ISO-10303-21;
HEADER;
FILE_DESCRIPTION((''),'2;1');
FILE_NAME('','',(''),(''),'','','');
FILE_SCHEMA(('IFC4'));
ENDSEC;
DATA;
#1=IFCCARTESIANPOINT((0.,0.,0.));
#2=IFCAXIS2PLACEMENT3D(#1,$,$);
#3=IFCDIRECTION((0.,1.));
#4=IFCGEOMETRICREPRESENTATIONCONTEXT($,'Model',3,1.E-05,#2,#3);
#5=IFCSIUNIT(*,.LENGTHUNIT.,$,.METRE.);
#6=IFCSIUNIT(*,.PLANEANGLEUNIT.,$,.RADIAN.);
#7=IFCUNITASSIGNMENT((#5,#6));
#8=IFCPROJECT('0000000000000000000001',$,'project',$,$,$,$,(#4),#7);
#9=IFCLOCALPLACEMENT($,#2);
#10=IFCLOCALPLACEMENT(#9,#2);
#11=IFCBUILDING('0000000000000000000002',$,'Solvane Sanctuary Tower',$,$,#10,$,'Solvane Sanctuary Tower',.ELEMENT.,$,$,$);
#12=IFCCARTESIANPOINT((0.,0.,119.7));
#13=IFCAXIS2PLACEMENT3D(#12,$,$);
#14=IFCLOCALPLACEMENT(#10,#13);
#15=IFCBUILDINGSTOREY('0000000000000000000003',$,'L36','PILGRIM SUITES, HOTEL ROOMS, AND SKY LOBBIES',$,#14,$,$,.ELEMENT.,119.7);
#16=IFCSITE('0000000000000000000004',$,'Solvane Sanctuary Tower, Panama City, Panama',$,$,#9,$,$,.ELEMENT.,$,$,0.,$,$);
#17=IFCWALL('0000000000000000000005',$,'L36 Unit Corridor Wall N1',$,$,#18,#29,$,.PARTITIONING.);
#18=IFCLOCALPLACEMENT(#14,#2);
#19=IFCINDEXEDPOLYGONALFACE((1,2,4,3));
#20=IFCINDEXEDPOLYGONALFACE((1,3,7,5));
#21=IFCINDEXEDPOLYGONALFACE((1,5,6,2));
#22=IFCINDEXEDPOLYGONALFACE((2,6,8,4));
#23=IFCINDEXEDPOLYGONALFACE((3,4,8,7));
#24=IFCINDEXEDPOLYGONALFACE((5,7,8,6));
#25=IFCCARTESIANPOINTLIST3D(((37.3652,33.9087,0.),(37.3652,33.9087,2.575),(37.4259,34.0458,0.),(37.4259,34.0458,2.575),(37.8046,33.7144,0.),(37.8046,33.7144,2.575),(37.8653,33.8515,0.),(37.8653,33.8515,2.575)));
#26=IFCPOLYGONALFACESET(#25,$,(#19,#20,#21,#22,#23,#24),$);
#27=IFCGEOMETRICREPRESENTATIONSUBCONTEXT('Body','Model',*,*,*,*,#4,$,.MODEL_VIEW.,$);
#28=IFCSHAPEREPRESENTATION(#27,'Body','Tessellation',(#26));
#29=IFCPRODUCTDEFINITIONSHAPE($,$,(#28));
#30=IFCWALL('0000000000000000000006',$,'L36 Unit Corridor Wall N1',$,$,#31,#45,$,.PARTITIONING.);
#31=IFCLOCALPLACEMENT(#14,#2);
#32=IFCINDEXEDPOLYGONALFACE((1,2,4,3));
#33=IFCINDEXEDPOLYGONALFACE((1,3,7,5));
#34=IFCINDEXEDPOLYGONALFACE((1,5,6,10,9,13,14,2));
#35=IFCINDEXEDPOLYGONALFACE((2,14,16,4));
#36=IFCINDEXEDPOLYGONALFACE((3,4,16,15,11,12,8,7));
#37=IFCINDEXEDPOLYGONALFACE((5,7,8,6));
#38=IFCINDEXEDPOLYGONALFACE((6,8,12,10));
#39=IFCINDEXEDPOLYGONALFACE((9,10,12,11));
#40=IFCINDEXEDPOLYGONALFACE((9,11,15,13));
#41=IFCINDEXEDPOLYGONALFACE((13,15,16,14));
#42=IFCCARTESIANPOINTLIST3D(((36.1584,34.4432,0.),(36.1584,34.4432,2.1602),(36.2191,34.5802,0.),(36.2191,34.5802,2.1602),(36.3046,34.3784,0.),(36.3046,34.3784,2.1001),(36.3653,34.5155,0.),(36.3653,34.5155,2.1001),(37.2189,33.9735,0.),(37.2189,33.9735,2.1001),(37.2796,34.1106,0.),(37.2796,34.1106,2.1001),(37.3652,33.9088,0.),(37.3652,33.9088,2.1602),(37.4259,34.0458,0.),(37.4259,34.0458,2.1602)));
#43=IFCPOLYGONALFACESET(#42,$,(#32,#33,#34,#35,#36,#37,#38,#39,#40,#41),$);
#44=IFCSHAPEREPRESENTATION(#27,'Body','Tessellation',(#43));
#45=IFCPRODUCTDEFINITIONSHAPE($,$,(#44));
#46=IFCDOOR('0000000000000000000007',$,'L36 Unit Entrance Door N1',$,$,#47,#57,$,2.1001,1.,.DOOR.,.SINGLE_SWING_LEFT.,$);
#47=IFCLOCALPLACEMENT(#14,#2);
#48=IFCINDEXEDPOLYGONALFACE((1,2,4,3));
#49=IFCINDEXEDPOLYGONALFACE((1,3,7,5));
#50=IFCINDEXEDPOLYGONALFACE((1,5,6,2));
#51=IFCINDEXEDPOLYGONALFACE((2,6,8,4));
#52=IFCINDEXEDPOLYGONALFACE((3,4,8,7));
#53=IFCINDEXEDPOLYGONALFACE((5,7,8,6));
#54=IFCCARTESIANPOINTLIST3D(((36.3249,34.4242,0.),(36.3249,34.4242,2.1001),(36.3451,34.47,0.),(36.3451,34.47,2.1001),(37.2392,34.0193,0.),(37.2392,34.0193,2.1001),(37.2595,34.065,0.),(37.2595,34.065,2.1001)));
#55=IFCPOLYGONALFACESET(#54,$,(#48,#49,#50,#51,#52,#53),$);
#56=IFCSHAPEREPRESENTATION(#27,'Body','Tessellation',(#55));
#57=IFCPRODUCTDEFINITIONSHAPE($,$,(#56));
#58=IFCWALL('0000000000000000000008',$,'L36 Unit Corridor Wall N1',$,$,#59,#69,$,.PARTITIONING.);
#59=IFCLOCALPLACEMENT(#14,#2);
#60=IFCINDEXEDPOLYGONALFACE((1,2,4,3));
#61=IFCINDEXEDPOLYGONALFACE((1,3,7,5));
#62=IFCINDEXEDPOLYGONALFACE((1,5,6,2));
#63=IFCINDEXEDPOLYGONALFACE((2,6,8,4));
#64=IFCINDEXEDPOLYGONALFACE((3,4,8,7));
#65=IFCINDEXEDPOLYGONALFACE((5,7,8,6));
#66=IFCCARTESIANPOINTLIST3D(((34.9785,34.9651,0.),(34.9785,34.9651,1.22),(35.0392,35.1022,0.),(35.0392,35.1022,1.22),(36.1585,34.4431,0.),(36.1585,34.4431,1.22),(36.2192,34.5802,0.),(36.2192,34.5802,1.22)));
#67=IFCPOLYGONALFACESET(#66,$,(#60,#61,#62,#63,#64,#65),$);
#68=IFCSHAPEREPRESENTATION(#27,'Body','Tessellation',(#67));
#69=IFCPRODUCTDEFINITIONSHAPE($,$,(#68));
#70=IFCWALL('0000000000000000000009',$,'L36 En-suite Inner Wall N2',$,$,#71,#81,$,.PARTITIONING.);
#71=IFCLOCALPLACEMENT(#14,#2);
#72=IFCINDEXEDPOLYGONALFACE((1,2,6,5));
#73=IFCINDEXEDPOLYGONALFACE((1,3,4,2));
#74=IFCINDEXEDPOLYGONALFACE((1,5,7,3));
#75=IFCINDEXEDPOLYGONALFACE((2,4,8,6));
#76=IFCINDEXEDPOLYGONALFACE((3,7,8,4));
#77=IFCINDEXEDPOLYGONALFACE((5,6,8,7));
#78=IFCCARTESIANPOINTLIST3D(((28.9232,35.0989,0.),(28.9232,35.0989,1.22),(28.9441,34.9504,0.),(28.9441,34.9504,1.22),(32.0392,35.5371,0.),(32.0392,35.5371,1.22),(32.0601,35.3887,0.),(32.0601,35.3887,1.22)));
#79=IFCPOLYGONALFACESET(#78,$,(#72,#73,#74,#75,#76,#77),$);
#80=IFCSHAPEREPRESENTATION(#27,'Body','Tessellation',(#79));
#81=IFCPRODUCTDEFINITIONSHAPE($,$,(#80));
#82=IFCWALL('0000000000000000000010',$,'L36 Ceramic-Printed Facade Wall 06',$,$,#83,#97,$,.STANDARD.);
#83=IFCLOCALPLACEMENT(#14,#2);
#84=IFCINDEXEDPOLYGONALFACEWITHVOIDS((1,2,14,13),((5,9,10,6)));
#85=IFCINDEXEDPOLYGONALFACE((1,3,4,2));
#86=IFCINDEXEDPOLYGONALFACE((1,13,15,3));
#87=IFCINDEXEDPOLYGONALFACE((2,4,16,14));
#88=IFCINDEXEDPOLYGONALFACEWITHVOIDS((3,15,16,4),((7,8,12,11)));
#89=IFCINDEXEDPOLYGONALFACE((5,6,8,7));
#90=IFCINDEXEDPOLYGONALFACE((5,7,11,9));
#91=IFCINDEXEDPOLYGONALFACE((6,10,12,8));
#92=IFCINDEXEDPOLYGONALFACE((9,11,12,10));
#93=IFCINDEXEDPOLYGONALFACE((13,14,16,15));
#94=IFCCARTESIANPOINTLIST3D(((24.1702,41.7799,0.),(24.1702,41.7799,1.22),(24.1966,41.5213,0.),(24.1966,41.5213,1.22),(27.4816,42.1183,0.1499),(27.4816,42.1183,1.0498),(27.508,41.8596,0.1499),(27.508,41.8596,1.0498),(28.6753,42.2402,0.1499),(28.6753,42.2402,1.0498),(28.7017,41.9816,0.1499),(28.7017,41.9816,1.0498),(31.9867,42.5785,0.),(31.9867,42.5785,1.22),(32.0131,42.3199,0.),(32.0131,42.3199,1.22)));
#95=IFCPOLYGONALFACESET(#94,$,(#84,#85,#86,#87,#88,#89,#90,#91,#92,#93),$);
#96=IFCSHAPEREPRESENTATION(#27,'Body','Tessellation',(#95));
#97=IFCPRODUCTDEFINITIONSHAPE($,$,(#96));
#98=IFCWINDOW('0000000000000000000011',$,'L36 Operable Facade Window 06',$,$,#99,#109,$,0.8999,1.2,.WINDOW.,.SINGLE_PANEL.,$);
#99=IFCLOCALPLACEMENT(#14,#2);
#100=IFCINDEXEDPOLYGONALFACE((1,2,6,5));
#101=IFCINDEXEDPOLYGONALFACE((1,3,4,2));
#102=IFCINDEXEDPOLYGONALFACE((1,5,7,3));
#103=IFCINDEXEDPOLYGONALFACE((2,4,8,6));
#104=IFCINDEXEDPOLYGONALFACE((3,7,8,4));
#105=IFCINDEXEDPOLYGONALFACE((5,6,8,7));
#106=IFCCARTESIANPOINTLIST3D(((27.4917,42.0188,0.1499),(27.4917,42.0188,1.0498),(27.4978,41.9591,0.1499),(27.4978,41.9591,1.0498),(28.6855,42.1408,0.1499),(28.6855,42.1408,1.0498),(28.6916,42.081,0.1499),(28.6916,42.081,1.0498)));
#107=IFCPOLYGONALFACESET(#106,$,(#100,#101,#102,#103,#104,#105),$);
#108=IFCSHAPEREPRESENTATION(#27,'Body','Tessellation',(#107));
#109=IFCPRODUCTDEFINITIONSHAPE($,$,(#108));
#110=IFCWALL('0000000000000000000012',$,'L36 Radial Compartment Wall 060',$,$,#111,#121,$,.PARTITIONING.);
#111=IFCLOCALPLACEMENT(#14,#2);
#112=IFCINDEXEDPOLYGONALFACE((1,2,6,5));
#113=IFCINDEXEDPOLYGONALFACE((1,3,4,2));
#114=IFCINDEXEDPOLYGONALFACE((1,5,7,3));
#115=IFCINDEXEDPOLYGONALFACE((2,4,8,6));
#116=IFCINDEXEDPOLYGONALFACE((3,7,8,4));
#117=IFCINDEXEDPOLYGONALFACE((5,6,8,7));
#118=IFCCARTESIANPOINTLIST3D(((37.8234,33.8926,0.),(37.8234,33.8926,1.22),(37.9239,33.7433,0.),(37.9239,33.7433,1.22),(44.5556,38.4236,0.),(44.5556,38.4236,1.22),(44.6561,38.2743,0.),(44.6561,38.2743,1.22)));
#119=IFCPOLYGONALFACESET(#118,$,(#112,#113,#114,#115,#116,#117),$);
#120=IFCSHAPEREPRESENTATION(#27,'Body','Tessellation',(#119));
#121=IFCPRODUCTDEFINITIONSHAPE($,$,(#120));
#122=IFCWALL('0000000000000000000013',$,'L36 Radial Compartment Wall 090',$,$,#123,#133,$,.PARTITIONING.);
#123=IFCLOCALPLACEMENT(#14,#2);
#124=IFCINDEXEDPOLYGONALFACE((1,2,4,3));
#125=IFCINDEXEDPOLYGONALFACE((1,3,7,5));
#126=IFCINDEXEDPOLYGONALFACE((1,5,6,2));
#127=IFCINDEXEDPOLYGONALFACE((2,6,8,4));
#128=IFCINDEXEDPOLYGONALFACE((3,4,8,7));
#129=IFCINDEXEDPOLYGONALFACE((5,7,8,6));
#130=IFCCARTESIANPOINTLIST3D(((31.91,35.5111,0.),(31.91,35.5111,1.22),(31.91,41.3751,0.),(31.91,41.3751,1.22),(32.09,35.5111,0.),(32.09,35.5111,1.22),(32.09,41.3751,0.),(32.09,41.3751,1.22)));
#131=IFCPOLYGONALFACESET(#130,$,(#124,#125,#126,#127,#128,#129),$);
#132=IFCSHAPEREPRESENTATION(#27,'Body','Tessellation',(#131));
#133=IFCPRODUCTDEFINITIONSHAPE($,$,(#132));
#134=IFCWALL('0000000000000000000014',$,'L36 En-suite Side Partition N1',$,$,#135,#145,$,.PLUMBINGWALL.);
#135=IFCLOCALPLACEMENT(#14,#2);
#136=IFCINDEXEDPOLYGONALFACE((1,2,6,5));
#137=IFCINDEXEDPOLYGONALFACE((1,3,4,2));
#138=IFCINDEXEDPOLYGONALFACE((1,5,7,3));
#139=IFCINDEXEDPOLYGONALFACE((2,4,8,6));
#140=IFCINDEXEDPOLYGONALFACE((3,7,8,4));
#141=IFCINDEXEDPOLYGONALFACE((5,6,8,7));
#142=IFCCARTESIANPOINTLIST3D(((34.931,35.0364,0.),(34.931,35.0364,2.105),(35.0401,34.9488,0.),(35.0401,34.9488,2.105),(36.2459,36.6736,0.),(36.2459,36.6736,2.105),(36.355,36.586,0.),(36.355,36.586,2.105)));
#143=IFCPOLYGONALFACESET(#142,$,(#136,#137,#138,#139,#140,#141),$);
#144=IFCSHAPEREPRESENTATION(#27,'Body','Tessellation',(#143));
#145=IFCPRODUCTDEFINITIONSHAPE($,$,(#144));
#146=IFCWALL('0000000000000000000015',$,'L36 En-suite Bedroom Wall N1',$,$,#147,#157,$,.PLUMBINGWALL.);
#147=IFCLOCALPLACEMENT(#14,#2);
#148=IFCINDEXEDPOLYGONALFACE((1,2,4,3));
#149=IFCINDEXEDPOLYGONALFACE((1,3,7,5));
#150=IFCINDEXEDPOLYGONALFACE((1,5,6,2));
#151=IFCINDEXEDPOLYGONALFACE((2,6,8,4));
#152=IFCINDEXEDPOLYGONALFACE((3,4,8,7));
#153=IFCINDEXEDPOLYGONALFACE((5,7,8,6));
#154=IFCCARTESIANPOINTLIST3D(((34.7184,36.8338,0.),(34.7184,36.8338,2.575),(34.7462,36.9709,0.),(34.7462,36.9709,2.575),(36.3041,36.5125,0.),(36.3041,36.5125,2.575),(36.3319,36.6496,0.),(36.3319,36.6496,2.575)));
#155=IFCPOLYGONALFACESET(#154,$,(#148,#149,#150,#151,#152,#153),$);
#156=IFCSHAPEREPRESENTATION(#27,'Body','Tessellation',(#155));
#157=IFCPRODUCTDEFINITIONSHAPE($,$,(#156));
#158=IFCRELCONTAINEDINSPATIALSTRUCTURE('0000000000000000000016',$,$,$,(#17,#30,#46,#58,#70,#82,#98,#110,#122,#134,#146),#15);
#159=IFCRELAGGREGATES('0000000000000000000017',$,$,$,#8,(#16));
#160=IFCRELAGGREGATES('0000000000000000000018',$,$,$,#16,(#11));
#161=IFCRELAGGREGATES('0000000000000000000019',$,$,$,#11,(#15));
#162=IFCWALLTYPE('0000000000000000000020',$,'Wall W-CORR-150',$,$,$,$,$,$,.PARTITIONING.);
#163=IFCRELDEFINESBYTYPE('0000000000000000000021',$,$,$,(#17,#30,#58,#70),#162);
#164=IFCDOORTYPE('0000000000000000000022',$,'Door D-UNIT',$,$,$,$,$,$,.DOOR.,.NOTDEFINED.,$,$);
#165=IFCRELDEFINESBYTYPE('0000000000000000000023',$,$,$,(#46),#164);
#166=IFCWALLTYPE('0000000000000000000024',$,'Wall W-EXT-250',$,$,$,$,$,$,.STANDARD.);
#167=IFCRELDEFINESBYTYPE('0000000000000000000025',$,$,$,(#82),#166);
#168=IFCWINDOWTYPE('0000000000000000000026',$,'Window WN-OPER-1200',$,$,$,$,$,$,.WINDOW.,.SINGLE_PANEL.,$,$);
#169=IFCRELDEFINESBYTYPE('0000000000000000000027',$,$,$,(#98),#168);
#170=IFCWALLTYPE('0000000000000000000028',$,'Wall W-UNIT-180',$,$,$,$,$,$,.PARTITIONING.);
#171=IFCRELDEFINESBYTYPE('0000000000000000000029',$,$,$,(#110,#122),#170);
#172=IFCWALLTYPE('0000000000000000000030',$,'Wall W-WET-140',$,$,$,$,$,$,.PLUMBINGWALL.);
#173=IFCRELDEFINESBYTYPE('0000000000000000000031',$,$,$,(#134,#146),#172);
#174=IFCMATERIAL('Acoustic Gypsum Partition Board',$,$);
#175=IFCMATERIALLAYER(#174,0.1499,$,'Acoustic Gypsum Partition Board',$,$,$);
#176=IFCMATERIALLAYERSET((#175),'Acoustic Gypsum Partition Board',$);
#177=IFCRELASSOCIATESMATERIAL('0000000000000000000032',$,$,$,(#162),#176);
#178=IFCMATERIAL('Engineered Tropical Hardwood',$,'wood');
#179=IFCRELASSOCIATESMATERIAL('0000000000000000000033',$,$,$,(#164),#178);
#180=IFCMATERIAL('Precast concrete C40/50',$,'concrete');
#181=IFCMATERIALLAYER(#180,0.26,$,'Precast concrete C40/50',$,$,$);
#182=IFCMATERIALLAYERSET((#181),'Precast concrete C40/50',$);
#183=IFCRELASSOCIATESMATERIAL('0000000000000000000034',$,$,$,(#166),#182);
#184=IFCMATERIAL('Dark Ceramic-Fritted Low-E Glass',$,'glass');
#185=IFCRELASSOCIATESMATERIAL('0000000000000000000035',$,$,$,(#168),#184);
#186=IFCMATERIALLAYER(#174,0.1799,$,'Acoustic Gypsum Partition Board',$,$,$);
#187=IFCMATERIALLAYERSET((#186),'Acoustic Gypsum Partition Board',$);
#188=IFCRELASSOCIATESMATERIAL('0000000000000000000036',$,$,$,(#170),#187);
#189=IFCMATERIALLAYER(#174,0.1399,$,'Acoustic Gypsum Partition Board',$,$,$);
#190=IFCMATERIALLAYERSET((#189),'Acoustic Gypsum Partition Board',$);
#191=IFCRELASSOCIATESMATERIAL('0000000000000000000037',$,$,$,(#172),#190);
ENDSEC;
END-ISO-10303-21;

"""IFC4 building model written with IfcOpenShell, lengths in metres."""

from ifc_helpers import new_model, si_unit, direction, frame, frame_2d, origin, place, context, subcontext, project, spatial, rectangle, extrude, material, layer, layer_set, type_object, element, fill, save


model = new_model("IFC4")

# Units and contexts
model_context = context("Model", 3, precision=1e-05, world=origin(), true_north=direction((0.0, 1.0)))
body_context = subcontext(model_context, "Body", "Model", "MODEL_VIEW")
ifc_project = project(units=[si_unit("LENGTHUNIT", "METRE"), si_unit("PLANEANGLEUNIT", "RADIAN")], contexts=[model_context])

# Site, building, storey
site_placement = place(None, origin())
site = spatial("IfcSite", under=ifc_project, at=site_placement, Name="Solvane Sanctuary Tower, Panama City, Panama", CompositionType="ELEMENT", RefElevation=0.0)
building_placement = place(site_placement, origin())
building = spatial("IfcBuilding", under=site, at=building_placement, Name="Solvane Sanctuary Tower", LongName="Solvane Sanctuary Tower", CompositionType="ELEMENT")
storey_placement = place(building_placement, frame((0.0, 0.0, 119.7)))
storey = spatial("IfcBuildingStorey", under=building, at=storey_placement, Name="L36", Description="PILGRIM SUITES, HOTEL ROOMS, AND SKY LOBBIES", CompositionType="ELEMENT", Elevation=119.7)

# Wall
ifc_material_1 = material(Name="Acoustic Gypsum Partition Board")
ifc_layer_1 = layer(ifc_material_1, 0.1499, Name="Acoustic Gypsum Partition Board")
ifc_layer_set_1 = layer_set([ifc_layer_1], Name="Acoustic Gypsum Partition Board")
wall_type_1 = type_object("IfcWallType", Name="Wall W-CORR-150", PredefinedType="PARTITIONING", material=ifc_layer_set_1)
wall_1_placement = place(storey_placement, frame((37.835, 33.783, 0.0), z_axis=(0.0, 0.0, 1.0), x_axis=(-0.914564, 0.404441, 0.0)))
element("IfcWall", 1, at=wall_1_placement, inside=storey, type_object=wall_type_1, Name="L36 Unit Corridor Wall N1", PredefinedType="PARTITIONING", context=body_context, shape_type="SweptSolid", body=[
    extrude(rectangle(XDim=0.4805, YDim=0.1499, at=frame_2d((0.2402, 0.0))), origin(), (0.0, 0.0, 1.0), 2.575),
])

# Wall, opening, door
wall_2_placement = place(storey_placement, frame((37.3955, 33.9773, 0.0), z_axis=(0.0, 0.0, 1.0), x_axis=(-0.914352, 0.40492, 0.0)))
wall_2 = element("IfcWall", 2, at=wall_2_placement, inside=storey, type_object=wall_type_1, Name="L36 Unit Corridor Wall N1", PredefinedType="PARTITIONING", context=body_context, shape_type="SweptSolid", body=[
    extrude(rectangle(XDim=1.3198, YDim=0.1499, at=frame_2d((0.6599, 0.0))), origin(), (0.0, 0.0, 1.0), 2.1602),
])
opening_1_placement = place(wall_2_placement, frame((0.1599, 0.0, 0.0)))
opening_1 = element("IfcOpeningElement", 3, at=opening_1_placement, cuts=wall_2, PredefinedType="OPENING", context=body_context, shape_type="SweptSolid", body=[
    extrude(rectangle(XDim=1.0, YDim=2.1001, at=frame_2d((0.5, 1.05))), frame((0.0, 0.085, 0.0), z_axis=(0.0, -1.0, 0.0), x_axis=(1.0, 0.0, 0.0)), (0.0, 0.0, 1.0), 0.1699),
])
ifc_material_2 = material(Name="Engineered Tropical Hardwood", Category="wood")
door_type_1 = type_object("IfcDoorType", Name="Door D-UNIT", OperationType="NOTDEFINED", PredefinedType="DOOR", material=ifc_material_2)
door_1_placement = place(opening_1_placement, origin())
door_1 = element("IfcDoor", 4, at=door_1_placement, inside=storey, type_object=door_type_1, Name="L36 Unit Entrance Door N1", OperationType="SINGLE_SWING_LEFT", OverallHeight=2.1001, OverallWidth=1.0, PredefinedType="DOOR", context=body_context, shape_type="SweptSolid", body=[
    extrude(rectangle(XDim=1.0, YDim=2.1001, at=frame_2d((0.5, 1.05))), frame((0.0, 0.0249, 0.0), z_axis=(0.0, -1.0, 0.0), x_axis=(1.0, 0.0, 0.0)), (0.0, 0.0, 1.0), 0.05),
])
fill(opening_1, door_1)

# Walls
wall_3_placement = place(storey_placement, frame((36.1887, 34.5117, 0.0), z_axis=(0.0, 0.0, 1.0), x_axis=(-0.914512, 0.404558, 0.0)))
element("IfcWall", 5, at=wall_3_placement, inside=storey, type_object=wall_type_1, Name="L36 Unit Corridor Wall N1", PredefinedType="PARTITIONING", context=body_context, shape_type="SweptSolid", body=[
    extrude(rectangle(XDim=1.2903, YDim=0.1499, at=frame_2d((0.645, 0.0))), origin(), (0.0, 0.0, 1.0), 1.22),
])
wall_4_placement = place(storey_placement, frame((32.0496, 35.4629, 0.0), z_axis=(0.0, 0.0, 1.0), x_axis=(-0.990254, -0.13927, 0.0)))
element("IfcWall", 6, at=wall_4_placement, inside=storey, type_object=wall_type_1, Name="L36 En-suite Inner Wall N2", PredefinedType="PARTITIONING", context=body_context, shape_type="SweptSolid", body=[
    extrude(rectangle(XDim=3.1467, YDim=0.1499, at=frame_2d((1.5732, 0.0))), origin(), (0.0, 0.0, 1.0), 1.22),
])

# Wall, opening, window
ifc_material_3 = material(Name="Precast concrete C40/50", Category="concrete")
ifc_layer_2 = layer(ifc_material_3, 0.26, Name="Precast concrete C40/50")
ifc_layer_set_2 = layer_set([ifc_layer_2], Name="Precast concrete C40/50")
wall_type_2 = type_object("IfcWallType", Name="Wall W-EXT-250", PredefinedType="STANDARD", material=ifc_layer_set_2)
wall_5_placement = place(storey_placement, frame((32.0, 42.4492, 0.0), z_axis=(0.0, 0.0, 1.0), x_axis=(-0.994821, -0.101639, 0.0)))
wall_5 = element("IfcWall", 7, at=wall_5_placement, inside=storey, type_object=wall_type_2, Name="L36 Ceramic-Printed Facade Wall 06", PredefinedType="STANDARD", context=body_context, shape_type="SweptSolid", body=[
    extrude(rectangle(XDim=7.8572, YDim=0.26, at=frame_2d((3.9287, 0.0))), origin(), (0.0, 0.0, 1.0), 1.22),
])
opening_2_placement = place(wall_5_placement, frame((3.3286, 0.0, 0.1499)))
opening_2 = element("IfcOpeningElement", 8, at=opening_2_placement, cuts=wall_5, PredefinedType="OPENING", context=body_context, shape_type="SweptSolid", body=[
    extrude(rectangle(XDim=1.2, YDim=0.8999, at=frame_2d((0.6001, 0.45))), frame((0.0, 0.1399, 0.0), z_axis=(0.0, -1.0, 0.0), x_axis=(1.0, 0.0, 0.0)), (0.0, 0.0, 1.0), 0.28),
])
ifc_material_4 = material(Name="Dark Ceramic-Fritted Low-E Glass", Category="glass")
window_type = type_object("IfcWindowType", Name="Window WN-OPER-1200", PartitioningType="SINGLE_PANEL", PredefinedType="WINDOW", material=ifc_material_4)
window_placement = place(opening_2_placement, origin())
window = element("IfcWindow", 9, at=window_placement, inside=storey, type_object=window_type, Name="L36 Operable Facade Window 06", OverallHeight=0.8999, OverallWidth=1.2, PartitioningType="SINGLE_PANEL", PredefinedType="WINDOW", context=body_context, shape_type="SweptSolid", body=[
    extrude(rectangle(XDim=1.2, YDim=0.8999, at=frame_2d((0.6001, 0.45))), frame((0.0, 0.03, 0.0), z_axis=(0.0, -1.0, 0.0), x_axis=(1.0, 0.0, 0.0)), (0.0, 0.0, 1.0), 0.0601),
])
fill(opening_2, window)

# Walls
ifc_layer_3 = layer(ifc_material_1, 0.1799, Name="Acoustic Gypsum Partition Board")
ifc_layer_set_3 = layer_set([ifc_layer_3], Name="Acoustic Gypsum Partition Board")
wall_type_3 = type_object("IfcWallType", Name="Wall W-UNIT-180", PredefinedType="PARTITIONING", material=ifc_layer_set_3)
wall_6_placement = place(storey_placement, frame((37.8735, 33.8179, 0.0), z_axis=(0.0, 0.0, 1.0), x_axis=(0.829603, 0.558354, 0.0)))
element("IfcWall", 10, at=wall_6_placement, inside=storey, type_object=wall_type_3, Name="L36 Radial Compartment Wall 060", PredefinedType="PARTITIONING", context=body_context, shape_type="SweptSolid", body=[
    extrude(rectangle(XDim=8.115, YDim=0.1799, at=frame_2d((4.0576, 0.0))), origin(), (0.0, 0.0, 1.0), 1.22),
])
wall_7_placement = place(storey_placement, frame((32.0, 35.511, 0.0), z_axis=(0.0, 0.0, 1.0), x_axis=(0.0, 1.0, 0.0)))
element("IfcWall", 11, at=wall_7_placement, inside=storey, type_object=wall_type_3, Name="L36 Radial Compartment Wall 090", PredefinedType="PARTITIONING", context=body_context, shape_type="SweptSolid", body=[
    extrude(rectangle(XDim=5.864, YDim=0.1799, at=frame_2d((2.9321, 0.0))), origin(), (0.0, 0.0, 1.0), 1.22),
])
ifc_layer_4 = layer(ifc_material_1, 0.1399, Name="Acoustic Gypsum Partition Board")
ifc_layer_set_4 = layer_set([ifc_layer_4], Name="Acoustic Gypsum Partition Board")
wall_type_4 = type_object("IfcWallType", Name="Wall W-WET-140", PredefinedType="PLUMBINGWALL", material=ifc_layer_set_4)
wall_8_placement = place(storey_placement, frame((34.9856, 34.9927, 0.0), z_axis=(0.0, 0.0, 1.0), x_axis=(0.626197, 0.779665, 0.0)))
element("IfcWall", 12, at=wall_8_placement, inside=storey, type_object=wall_type_4, Name="L36 En-suite Side Partition N1", PredefinedType="PLUMBINGWALL", context=body_context, shape_type="SweptSolid", body=[
    extrude(rectangle(XDim=2.0999, YDim=0.1399, at=frame_2d((1.0498, 0.0))), origin(), (0.0, 0.0, 1.0), 2.105),
])
wall_9_placement = place(storey_placement, frame((36.3181, 36.5811, 0.0), z_axis=(0.0, 0.0, 1.0), x_axis=(-0.980084, 0.198582, 0.0)))
element("IfcWall", 13, at=wall_9_placement, inside=storey, type_object=wall_type_4, Name="L36 En-suite Bedroom Wall N1", PredefinedType="PLUMBINGWALL", context=body_context, shape_type="SweptSolid", body=[
    extrude(rectangle(XDim=1.6179, YDim=0.1399, at=frame_2d((0.8091, 0.0))), origin(), (0.0, 0.0, 1.0), 2.575),
])

save(model, "model.ifc")
